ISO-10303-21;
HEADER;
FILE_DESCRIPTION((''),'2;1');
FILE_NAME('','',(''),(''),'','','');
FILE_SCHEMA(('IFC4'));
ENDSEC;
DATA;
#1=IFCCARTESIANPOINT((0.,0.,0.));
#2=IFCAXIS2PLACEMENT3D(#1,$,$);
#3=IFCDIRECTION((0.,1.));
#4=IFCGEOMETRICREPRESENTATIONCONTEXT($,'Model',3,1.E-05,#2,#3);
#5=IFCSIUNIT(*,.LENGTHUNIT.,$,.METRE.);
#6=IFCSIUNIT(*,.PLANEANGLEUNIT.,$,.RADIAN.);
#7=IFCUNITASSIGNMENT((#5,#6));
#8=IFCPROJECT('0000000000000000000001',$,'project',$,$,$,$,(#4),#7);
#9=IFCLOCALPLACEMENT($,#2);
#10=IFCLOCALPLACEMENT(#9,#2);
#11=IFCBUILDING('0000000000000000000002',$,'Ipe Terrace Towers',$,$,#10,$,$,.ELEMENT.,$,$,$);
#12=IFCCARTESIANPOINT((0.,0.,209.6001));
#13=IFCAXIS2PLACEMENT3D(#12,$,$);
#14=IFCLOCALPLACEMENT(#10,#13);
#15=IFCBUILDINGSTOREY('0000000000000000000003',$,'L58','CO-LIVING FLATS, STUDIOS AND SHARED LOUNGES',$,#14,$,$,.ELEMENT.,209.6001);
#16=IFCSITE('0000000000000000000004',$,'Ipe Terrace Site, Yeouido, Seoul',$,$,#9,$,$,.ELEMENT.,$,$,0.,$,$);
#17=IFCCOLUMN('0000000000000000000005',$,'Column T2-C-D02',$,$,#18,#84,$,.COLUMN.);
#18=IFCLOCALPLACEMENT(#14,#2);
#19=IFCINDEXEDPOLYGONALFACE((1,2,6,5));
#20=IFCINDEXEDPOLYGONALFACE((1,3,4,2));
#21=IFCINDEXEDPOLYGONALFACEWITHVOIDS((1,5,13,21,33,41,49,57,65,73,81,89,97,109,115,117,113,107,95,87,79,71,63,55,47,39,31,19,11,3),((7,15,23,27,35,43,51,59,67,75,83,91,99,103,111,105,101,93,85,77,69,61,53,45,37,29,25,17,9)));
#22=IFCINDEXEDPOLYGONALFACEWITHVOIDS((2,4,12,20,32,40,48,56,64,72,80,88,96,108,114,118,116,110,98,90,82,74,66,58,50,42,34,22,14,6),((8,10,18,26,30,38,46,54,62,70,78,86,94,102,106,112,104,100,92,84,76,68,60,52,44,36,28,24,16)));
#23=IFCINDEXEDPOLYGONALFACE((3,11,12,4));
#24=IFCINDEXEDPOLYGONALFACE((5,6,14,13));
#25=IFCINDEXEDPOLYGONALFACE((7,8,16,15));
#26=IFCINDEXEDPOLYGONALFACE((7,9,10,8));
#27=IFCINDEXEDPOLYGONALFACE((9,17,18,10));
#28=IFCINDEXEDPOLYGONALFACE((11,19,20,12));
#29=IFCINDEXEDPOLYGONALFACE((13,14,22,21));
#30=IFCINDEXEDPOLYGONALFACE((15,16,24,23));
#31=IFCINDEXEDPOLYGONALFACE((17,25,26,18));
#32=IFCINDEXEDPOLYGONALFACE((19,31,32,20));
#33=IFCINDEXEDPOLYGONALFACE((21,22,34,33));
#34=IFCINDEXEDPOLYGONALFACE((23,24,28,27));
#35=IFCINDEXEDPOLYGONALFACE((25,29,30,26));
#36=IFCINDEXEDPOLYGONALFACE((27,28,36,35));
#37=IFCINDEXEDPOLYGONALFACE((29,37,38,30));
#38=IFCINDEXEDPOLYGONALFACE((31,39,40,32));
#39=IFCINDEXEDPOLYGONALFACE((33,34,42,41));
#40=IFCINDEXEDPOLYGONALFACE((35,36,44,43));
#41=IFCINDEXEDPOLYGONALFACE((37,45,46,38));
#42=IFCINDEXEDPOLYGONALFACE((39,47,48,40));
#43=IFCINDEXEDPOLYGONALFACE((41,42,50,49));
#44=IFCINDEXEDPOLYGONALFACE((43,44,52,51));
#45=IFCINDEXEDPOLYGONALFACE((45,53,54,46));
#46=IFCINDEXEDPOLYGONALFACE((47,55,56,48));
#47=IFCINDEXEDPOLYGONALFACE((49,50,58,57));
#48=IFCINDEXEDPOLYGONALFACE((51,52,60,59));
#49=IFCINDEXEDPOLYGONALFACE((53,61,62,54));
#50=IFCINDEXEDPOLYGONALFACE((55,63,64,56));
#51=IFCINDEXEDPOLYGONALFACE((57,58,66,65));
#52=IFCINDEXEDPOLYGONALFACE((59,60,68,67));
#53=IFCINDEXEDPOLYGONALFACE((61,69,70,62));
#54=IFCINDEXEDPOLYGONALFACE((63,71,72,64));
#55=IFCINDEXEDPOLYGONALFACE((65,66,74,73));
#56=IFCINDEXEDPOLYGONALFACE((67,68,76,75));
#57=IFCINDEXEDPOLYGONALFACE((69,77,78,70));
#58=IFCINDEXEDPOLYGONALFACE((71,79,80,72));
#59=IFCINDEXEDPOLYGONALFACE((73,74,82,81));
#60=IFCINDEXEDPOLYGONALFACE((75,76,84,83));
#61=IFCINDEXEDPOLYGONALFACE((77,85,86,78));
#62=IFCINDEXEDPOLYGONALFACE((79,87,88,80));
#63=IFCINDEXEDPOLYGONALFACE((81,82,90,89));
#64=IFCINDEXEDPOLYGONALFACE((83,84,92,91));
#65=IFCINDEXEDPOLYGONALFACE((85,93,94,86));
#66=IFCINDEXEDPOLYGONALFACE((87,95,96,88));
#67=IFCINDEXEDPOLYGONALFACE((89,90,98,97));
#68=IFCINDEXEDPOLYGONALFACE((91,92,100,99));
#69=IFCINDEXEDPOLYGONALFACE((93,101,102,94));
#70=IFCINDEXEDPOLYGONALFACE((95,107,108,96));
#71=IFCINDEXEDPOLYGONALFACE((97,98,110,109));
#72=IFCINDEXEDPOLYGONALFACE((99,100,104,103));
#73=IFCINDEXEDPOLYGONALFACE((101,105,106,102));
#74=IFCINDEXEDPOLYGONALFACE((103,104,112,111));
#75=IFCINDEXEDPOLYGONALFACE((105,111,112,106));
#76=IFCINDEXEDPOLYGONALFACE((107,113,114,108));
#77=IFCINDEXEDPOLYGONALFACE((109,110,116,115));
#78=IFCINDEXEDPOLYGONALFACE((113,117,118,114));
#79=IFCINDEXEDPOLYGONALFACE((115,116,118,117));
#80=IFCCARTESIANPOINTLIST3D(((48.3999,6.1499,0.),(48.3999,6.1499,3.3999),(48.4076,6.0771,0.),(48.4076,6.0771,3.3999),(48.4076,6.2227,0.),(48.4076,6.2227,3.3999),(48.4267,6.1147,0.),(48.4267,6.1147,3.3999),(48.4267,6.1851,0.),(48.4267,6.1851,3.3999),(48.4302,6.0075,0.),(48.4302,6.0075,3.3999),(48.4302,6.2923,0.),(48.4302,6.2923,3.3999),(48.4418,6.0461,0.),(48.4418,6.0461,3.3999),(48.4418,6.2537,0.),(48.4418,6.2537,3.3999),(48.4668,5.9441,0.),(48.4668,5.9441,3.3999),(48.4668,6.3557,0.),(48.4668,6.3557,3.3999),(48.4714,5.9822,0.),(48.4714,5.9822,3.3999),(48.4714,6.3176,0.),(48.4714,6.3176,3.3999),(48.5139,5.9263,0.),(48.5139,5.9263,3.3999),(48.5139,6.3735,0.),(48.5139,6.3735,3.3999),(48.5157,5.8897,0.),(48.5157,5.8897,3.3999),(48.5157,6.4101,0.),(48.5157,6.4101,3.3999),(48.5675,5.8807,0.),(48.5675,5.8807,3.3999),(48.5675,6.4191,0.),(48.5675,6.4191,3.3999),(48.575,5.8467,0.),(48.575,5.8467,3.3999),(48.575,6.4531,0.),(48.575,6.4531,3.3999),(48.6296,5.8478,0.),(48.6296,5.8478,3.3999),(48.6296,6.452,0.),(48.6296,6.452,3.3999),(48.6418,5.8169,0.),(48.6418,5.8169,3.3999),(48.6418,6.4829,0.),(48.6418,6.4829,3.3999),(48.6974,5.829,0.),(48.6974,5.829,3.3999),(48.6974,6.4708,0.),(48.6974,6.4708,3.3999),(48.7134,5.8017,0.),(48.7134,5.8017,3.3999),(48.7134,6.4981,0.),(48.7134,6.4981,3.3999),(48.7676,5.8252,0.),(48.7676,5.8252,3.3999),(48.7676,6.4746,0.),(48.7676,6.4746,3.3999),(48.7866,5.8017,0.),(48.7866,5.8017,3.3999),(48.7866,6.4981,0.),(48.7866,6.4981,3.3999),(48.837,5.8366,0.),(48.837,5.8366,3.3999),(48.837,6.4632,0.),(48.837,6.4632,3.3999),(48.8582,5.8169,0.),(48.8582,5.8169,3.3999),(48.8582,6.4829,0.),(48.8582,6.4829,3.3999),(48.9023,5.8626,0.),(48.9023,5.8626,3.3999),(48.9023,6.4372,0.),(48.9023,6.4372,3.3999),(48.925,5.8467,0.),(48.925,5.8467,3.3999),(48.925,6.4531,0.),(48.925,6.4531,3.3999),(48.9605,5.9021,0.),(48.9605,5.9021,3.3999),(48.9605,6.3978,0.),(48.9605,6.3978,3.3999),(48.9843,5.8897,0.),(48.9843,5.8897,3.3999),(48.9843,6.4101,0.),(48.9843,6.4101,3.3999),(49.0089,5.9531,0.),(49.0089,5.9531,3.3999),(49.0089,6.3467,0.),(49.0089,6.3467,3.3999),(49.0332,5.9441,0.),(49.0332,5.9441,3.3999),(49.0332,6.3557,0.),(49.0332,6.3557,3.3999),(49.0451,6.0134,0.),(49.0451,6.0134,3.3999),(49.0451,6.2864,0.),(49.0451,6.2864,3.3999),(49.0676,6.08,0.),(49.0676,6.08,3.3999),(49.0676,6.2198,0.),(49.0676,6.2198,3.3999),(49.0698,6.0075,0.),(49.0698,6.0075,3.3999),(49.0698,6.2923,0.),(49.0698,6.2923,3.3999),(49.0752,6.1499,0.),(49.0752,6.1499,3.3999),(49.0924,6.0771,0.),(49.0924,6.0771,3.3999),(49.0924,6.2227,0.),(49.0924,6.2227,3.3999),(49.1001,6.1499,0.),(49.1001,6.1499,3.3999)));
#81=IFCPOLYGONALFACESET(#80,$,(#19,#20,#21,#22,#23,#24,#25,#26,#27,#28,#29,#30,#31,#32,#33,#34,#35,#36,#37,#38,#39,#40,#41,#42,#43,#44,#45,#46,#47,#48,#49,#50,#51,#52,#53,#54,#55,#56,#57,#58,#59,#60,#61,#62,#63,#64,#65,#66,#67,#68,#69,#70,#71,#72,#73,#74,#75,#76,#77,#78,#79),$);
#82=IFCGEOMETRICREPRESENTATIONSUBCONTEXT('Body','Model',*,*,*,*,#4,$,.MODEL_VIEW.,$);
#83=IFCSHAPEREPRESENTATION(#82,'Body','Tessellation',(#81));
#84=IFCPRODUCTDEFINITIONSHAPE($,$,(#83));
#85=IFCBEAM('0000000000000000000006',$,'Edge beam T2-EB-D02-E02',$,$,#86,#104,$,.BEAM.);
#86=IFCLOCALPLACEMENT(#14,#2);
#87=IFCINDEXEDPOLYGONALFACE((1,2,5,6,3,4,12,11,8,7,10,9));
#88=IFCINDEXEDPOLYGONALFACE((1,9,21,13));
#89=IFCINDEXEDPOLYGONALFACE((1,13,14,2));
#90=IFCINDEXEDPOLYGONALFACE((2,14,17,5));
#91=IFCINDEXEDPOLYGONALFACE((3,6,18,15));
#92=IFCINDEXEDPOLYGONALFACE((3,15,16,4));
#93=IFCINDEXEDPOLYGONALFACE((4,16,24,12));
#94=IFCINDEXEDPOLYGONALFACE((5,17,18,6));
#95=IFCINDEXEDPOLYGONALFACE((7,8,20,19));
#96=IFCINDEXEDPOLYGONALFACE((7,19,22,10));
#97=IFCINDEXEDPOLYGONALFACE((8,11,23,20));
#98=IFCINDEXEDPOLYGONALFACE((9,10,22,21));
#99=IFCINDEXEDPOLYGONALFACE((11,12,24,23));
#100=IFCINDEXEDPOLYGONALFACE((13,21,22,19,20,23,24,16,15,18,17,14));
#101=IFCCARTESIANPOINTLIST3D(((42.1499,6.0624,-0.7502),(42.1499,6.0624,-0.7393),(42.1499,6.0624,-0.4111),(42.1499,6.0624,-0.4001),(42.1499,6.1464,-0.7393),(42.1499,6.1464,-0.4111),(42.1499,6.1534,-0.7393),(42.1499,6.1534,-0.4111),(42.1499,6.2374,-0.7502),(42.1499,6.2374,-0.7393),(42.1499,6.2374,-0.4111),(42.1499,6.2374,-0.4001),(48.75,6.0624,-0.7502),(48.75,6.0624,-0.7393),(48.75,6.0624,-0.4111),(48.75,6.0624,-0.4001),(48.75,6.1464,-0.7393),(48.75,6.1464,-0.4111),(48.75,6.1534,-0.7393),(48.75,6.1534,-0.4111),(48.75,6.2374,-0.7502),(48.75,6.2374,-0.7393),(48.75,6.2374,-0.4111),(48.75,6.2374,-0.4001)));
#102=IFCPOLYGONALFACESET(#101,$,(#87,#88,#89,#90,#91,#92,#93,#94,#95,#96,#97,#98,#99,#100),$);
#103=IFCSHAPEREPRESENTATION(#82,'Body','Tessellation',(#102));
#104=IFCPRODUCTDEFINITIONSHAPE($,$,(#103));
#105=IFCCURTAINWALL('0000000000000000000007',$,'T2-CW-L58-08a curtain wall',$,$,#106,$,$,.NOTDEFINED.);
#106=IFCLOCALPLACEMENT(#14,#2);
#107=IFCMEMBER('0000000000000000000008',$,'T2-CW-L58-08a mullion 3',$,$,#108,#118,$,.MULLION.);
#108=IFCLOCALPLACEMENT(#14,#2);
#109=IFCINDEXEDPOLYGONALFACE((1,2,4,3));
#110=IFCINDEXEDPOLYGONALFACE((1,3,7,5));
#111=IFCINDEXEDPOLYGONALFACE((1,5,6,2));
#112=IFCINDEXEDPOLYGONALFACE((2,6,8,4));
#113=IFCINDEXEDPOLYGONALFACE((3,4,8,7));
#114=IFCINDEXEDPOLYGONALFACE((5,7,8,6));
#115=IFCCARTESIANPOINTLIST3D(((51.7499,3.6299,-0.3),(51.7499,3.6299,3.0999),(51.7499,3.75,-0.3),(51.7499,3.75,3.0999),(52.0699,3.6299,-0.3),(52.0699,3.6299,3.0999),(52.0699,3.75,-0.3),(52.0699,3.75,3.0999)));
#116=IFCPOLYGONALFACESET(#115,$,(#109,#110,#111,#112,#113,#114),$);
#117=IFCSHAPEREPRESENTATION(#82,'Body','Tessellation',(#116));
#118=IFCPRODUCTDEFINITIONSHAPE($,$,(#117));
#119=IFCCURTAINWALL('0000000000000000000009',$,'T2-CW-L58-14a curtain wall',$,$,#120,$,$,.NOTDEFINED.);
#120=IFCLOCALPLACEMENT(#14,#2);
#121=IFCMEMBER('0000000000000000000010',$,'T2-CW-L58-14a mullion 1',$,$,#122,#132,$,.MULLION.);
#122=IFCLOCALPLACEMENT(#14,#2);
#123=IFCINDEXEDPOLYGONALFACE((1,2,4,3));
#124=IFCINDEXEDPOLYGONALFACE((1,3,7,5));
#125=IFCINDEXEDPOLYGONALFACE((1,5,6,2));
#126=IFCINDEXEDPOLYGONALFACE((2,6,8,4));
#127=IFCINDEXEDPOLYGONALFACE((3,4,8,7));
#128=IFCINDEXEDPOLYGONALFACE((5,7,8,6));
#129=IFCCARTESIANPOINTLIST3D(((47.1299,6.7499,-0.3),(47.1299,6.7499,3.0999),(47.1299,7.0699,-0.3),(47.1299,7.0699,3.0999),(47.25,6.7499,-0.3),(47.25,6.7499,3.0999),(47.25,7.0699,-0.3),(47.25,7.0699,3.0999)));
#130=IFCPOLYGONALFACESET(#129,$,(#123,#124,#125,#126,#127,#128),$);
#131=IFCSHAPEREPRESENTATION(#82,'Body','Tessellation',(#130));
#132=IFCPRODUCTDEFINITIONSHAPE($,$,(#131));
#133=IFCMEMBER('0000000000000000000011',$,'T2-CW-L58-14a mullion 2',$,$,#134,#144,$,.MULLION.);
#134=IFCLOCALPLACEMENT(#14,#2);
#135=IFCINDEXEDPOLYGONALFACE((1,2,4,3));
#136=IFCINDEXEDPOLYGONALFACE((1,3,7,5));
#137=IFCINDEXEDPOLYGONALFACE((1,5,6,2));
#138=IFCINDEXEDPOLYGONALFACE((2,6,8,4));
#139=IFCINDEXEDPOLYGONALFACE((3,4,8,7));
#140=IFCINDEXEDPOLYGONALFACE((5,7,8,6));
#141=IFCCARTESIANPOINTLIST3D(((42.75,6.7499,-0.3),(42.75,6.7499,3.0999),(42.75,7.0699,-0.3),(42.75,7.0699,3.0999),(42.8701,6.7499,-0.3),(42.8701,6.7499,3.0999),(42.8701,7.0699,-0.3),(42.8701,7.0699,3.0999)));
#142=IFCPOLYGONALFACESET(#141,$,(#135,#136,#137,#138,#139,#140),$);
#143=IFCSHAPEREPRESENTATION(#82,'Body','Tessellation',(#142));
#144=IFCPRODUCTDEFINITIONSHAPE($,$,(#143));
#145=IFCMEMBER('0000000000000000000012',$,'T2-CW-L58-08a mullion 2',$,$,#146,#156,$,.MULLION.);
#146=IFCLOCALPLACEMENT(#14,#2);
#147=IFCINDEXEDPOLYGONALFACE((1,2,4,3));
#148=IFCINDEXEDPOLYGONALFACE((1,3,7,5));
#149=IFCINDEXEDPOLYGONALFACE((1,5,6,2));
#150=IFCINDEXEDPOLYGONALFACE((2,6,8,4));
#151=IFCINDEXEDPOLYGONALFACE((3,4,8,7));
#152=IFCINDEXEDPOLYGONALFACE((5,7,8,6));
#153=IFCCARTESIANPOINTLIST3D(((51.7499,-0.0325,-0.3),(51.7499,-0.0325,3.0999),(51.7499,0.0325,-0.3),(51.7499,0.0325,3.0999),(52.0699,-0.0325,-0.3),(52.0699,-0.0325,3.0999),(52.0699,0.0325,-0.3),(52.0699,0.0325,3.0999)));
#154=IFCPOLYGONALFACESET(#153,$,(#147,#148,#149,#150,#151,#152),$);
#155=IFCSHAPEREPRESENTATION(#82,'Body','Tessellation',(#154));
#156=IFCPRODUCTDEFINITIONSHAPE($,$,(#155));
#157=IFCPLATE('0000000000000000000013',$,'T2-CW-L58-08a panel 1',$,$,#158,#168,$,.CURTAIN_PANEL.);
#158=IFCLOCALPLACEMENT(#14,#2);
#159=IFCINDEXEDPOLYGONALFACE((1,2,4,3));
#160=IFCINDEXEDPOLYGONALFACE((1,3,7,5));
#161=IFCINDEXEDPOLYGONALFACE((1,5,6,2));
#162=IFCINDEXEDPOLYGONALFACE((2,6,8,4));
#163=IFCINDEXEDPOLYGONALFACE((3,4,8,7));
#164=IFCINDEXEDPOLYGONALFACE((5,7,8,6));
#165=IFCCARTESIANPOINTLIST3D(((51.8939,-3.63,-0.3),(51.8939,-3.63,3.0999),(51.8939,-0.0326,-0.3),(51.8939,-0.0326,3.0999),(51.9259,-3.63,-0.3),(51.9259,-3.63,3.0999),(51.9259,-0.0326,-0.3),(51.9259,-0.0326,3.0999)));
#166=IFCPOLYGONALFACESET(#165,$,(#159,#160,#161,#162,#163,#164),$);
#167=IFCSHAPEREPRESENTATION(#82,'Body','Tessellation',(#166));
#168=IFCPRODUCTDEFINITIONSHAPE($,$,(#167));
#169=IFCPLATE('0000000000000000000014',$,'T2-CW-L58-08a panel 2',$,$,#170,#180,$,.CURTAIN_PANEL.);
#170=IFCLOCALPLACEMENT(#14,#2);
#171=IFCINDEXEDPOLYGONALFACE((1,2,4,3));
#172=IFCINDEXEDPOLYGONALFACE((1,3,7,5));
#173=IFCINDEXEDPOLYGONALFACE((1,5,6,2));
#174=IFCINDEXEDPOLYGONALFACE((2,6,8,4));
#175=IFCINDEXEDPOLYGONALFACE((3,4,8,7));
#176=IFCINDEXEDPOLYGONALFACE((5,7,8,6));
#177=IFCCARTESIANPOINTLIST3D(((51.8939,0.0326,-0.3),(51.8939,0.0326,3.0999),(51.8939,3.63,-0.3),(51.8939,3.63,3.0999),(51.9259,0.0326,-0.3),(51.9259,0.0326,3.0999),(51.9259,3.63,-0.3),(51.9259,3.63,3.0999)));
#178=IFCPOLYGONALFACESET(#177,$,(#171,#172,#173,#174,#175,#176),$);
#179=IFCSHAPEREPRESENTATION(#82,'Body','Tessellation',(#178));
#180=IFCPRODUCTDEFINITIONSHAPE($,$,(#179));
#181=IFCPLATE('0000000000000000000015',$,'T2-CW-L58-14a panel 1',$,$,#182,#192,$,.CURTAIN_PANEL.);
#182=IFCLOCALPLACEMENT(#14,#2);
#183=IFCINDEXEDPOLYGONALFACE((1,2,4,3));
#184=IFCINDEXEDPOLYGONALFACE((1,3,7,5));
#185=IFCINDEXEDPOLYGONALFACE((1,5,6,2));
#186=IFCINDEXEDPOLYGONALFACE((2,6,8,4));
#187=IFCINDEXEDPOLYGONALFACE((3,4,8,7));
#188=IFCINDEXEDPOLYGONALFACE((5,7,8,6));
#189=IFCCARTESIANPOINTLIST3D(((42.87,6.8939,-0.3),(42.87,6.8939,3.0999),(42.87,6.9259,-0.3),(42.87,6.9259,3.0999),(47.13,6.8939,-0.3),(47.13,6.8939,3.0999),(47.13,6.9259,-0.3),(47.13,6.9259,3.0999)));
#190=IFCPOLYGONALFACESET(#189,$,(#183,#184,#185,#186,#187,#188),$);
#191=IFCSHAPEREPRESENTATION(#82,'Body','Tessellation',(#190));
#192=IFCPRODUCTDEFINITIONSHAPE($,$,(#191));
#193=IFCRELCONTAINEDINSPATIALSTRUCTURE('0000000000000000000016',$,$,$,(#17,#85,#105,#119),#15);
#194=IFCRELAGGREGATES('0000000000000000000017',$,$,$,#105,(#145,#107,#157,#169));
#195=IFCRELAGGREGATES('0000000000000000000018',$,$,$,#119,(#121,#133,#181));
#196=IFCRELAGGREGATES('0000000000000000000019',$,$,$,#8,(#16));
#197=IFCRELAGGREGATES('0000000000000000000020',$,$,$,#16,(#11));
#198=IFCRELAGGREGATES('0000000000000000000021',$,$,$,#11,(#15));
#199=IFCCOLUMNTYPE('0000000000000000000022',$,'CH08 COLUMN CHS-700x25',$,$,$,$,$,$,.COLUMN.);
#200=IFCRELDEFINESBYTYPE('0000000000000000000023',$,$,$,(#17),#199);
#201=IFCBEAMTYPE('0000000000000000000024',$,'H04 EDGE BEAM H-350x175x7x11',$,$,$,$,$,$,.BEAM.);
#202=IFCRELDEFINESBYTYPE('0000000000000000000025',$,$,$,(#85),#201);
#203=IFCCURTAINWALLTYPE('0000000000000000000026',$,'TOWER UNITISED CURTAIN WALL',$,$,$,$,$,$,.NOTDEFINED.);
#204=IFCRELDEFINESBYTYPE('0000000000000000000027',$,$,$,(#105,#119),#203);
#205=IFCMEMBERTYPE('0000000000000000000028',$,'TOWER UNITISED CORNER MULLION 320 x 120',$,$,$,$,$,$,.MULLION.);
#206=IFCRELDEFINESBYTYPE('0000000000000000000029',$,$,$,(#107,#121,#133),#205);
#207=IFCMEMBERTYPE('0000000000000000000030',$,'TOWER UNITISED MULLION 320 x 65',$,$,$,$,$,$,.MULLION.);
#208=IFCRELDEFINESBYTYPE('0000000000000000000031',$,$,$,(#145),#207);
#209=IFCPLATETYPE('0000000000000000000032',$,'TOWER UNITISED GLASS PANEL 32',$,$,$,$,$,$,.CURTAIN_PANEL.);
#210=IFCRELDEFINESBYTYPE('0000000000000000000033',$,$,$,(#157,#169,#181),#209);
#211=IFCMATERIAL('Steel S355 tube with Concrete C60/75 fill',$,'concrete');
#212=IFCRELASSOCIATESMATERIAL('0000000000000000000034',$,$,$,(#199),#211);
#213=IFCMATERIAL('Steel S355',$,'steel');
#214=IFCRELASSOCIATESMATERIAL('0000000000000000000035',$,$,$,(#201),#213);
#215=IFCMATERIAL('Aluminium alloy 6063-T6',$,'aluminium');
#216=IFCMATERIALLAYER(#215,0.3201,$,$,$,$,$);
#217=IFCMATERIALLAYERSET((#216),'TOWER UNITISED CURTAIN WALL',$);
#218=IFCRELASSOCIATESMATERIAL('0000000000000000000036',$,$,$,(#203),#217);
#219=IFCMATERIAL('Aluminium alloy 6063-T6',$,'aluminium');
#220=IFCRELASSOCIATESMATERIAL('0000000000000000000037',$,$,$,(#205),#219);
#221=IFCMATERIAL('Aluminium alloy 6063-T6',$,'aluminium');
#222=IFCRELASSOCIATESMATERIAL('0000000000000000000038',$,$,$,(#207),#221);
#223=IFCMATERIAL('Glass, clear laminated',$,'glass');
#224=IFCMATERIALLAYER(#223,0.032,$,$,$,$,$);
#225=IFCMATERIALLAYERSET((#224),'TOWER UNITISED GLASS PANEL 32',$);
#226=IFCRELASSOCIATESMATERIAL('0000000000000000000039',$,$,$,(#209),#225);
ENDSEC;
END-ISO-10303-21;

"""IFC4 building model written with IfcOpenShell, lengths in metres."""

from ifc_helpers import new_model, si_unit, direction, frame, origin, origin_2d, place, context, subcontext, project, spatial, rectangle, hollow_circle, i_section, extrude, material, layer, layer_set, material_profile, profile_set, type_object, element, aggregate, save


model = new_model("IFC4")

# Units and contexts
model_context = context("Model", 3, precision=1e-05, world=origin(), true_north=direction((0.0, 1.0)))
body_context = subcontext(model_context, "Body", "Model", "MODEL_VIEW")
ifc_project = project(units=[si_unit("LENGTHUNIT", "METRE"), si_unit("PLANEANGLEUNIT", "RADIAN")], contexts=[model_context])

# Site, building, storey
site_placement = place(None, origin())
site = spatial("IfcSite", under=ifc_project, at=site_placement, Name="Ipe Terrace Site, Yeouido, Seoul", CompositionType="ELEMENT", RefElevation=0.0)
building_placement = place(site_placement, origin())
building = spatial("IfcBuilding", under=site, at=building_placement, Name="Ipe Terrace Towers", CompositionType="ELEMENT")
storey_placement = place(building_placement, frame((0.0, 0.0, 209.6001)))
storey = spatial("IfcBuildingStorey", under=building, at=storey_placement, Name="L58", Description="CO-LIVING FLATS, STUDIOS AND SHARED LOUNGES", CompositionType="ELEMENT", Elevation=209.6001)

# Column
ifc_material_1 = material(Name="Steel S355 tube with Concrete C60/75 fill", Category="concrete")
ifc_material_profile_1 = material_profile(ifc_material_1, hollow_circle(Radius=0.3501, WallThickness=0.0249, at=origin_2d()), Name="CHS-700x25")
ifc_profile_set_1 = profile_set([ifc_material_profile_1], Name="Steel S355 tube with Concrete C60/75 fill")
column_type = type_object("IfcColumnType", Name="CH08 COLUMN CHS-700x25", PredefinedType="COLUMN", material=ifc_profile_set_1)
column_placement = place(storey_placement, frame((48.75, 6.1499, 0.0), z_axis=(0.0, 0.0, 1.0), x_axis=(1.0, 0.0, 0.0)))
element("IfcColumn", 1, at=column_placement, inside=storey, type_object=column_type, Name="Column T2-C-D02", PredefinedType="COLUMN", context=body_context, shape_type="SweptSolid", body=[
    extrude(hollow_circle(Radius=0.3501, WallThickness=0.0249, at=origin_2d()), origin(), (0.0, 0.0, 1.0), 3.3999),
])

# Beam
ifc_material_2 = material(Name="Steel S355", Category="steel")
ifc_material_profile_2 = material_profile(ifc_material_2, i_section(OverallWidth=0.175, OverallDepth=0.3501, WebThickness=0.0071, FlangeThickness=0.011, at=origin_2d()), Name="H-350x175x7x11")
ifc_profile_set_2 = profile_set([ifc_material_profile_2], Name="Steel S355")
beam_type = type_object("IfcBeamType", Name="H04 EDGE BEAM H-350x175x7x11", PredefinedType="BEAM", material=ifc_profile_set_2)
beam_placement = place(storey_placement, frame((48.75, 6.1499, -0.5752), z_axis=(-1.0, 0.0, 0.0), x_axis=(0.0, -1.0, 0.0)))
element("IfcBeam", 2, at=beam_placement, inside=storey, type_object=beam_type, Name="Edge beam T2-EB-D02-E02", PredefinedType="BEAM", context=body_context, shape_type="SweptSolid", body=[
    extrude(i_section(OverallWidth=0.175, OverallDepth=0.3501, WebThickness=0.0071, FlangeThickness=0.011, at=origin_2d()), origin(), (0.0, 0.0, 1.0), 6.6001),
])

# Curtain wall, member
ifc_material_3 = material(Name="Aluminium alloy 6063-T6", Category="aluminium")
ifc_layer_1 = layer(ifc_material_3, 0.3201)
ifc_layer_set_1 = layer_set([ifc_layer_1], Name="TOWER UNITISED CURTAIN WALL")
curtain_wall_type = type_object("IfcCurtainWallType", Name="TOWER UNITISED CURTAIN WALL", PredefinedType="NOTDEFINED", material=ifc_layer_set_1)
curtain_wall_1_placement = place(storey_placement, origin())
curtain_wall_1 = element("IfcCurtainWall", 3, at=curtain_wall_1_placement, inside=storey, type_object=curtain_wall_type, Name="T2-CW-L58-08a curtain wall", PredefinedType="NOTDEFINED")
ifc_material_4 = material(Name="Aluminium alloy 6063-T6", Category="aluminium")
ifc_material_profile_3 = material_profile(ifc_material_4, rectangle(XDim=0.3201, YDim=0.1201, at=origin_2d()), Name="TOWER UNITISED CORNER MULLION 320 x 120")
ifc_profile_set_3 = profile_set([ifc_material_profile_3], Name="Aluminium alloy 6063-T6")
member_type_1 = type_object("IfcMemberType", Name="TOWER UNITISED CORNER MULLION 320 x 120", PredefinedType="MULLION", material=ifc_profile_set_3)
member_1_placement = place(storey_placement, frame((51.9099, 3.6899, -0.3), z_axis=(0.0, 0.0, 1.0), x_axis=(1.0, 0.0, 0.0)))
member_1 = element("IfcMember", 4, at=member_1_placement, type_object=member_type_1, Name="T2-CW-L58-08a mullion 3", PredefinedType="MULLION", context=body_context, shape_type="SweptSolid", body=[
    extrude(rectangle(XDim=0.3201, YDim=0.1201, at=origin_2d()), origin(), (0.0, 0.0, 1.0), 3.3999),
])

# Curtain wall, members
curtain_wall_2_placement = place(storey_placement, origin())
curtain_wall_2 = element("IfcCurtainWall", 5, at=curtain_wall_2_placement, inside=storey, type_object=curtain_wall_type, Name="T2-CW-L58-14a curtain wall", PredefinedType="NOTDEFINED")
member_2_placement = place(storey_placement, frame((47.1899, 6.9099, -0.3), z_axis=(0.0, 0.0, 1.0), x_axis=(0.0, 1.0, 0.0)))
member_2 = element("IfcMember", 6, at=member_2_placement, type_object=member_type_1, Name="T2-CW-L58-14a mullion 1", PredefinedType="MULLION", context=body_context, shape_type="SweptSolid", body=[
    extrude(rectangle(XDim=0.3201, YDim=0.1201, at=origin_2d()), origin(), (0.0, 0.0, 1.0), 3.3999),
])
member_3_placement = place(storey_placement, frame((42.8101, 6.9099, -0.3), z_axis=(0.0, 0.0, 1.0), x_axis=(0.0, 1.0, 0.0)))
member_3 = element("IfcMember", 7, at=member_3_placement, type_object=member_type_1, Name="T2-CW-L58-14a mullion 2", PredefinedType="MULLION", context=body_context, shape_type="SweptSolid", body=[
    extrude(rectangle(XDim=0.3201, YDim=0.1201, at=origin_2d()), origin(), (0.0, 0.0, 1.0), 3.3999),
])

# Member
ifc_material_5 = material(Name="Aluminium alloy 6063-T6", Category="aluminium")
ifc_material_profile_4 = material_profile(ifc_material_5, rectangle(XDim=0.3201, YDim=0.0649, at=origin_2d()), Name="TOWER UNITISED MULLION 320 x 65")
ifc_profile_set_4 = profile_set([ifc_material_profile_4], Name="Aluminium alloy 6063-T6")
member_type_2 = type_object("IfcMemberType", Name="TOWER UNITISED MULLION 320 x 65", PredefinedType="MULLION", material=ifc_profile_set_4)
member_4_placement = place(storey_placement, frame((51.9099, 0.0, -0.3), z_axis=(0.0, 0.0, 1.0), x_axis=(1.0, 0.0, 0.0)))
member_4 = element("IfcMember", 8, at=member_4_placement, type_object=member_type_2, Name="T2-CW-L58-08a mullion 2", PredefinedType="MULLION", context=body_context, shape_type="SweptSolid", body=[
    extrude(rectangle(XDim=0.3201, YDim=0.0649, at=origin_2d()), origin(), (0.0, 0.0, 1.0), 3.3999),
])

# Plates
ifc_material_6 = material(Name="Glass, clear laminated", Category="glass")
ifc_layer_2 = layer(ifc_material_6, 0.032)
ifc_layer_set_2 = layer_set([ifc_layer_2], Name="TOWER UNITISED GLASS PANEL 32")
plate_type = type_object("IfcPlateType", Name="TOWER UNITISED GLASS PANEL 32", PredefinedType="CURTAIN_PANEL", material=ifc_layer_set_2)
plate_1_placement = place(storey_placement, frame((51.9099, -1.8313, -0.3), z_axis=(0.0, 0.0, 1.0), x_axis=(0.0, 1.0, 0.0)))
plate_1 = element("IfcPlate", 9, at=plate_1_placement, type_object=plate_type, Name="T2-CW-L58-08a panel 1", PredefinedType="CURTAIN_PANEL", context=body_context, shape_type="SweptSolid", body=[
    extrude(rectangle(XDim=3.5974, YDim=0.032, at=origin_2d()), origin(), (0.0, 0.0, 1.0), 3.3999),
])
plate_2_placement = place(storey_placement, frame((51.9099, 1.8313, -0.3), z_axis=(0.0, 0.0, 1.0), x_axis=(0.0, 1.0, 0.0)))
plate_2 = element("IfcPlate", 10, at=plate_2_placement, type_object=plate_type, Name="T2-CW-L58-08a panel 2", PredefinedType="CURTAIN_PANEL", context=body_context, shape_type="SweptSolid", body=[
    extrude(rectangle(XDim=3.5974, YDim=0.032, at=origin_2d()), origin(), (0.0, 0.0, 1.0), 3.3999),
])
aggregate(curtain_wall_1, [member_4, member_1, plate_1, plate_2])
plate_3_placement = place(storey_placement, frame((45.0, 6.9099, -0.3), z_axis=(0.0, 0.0, 1.0), x_axis=(-1.0, 0.0, 0.0)))
plate_3 = element("IfcPlate", 11, at=plate_3_placement, type_object=plate_type, Name="T2-CW-L58-14a panel 1", PredefinedType="CURTAIN_PANEL", context=body_context, shape_type="SweptSolid", body=[
    extrude(rectangle(XDim=4.26, YDim=0.032, at=origin_2d()), origin(), (0.0, 0.0, 1.0), 3.3999),
])
aggregate(curtain_wall_2, [member_2, member_3, plate_3])

save(model, "model.ifc")
